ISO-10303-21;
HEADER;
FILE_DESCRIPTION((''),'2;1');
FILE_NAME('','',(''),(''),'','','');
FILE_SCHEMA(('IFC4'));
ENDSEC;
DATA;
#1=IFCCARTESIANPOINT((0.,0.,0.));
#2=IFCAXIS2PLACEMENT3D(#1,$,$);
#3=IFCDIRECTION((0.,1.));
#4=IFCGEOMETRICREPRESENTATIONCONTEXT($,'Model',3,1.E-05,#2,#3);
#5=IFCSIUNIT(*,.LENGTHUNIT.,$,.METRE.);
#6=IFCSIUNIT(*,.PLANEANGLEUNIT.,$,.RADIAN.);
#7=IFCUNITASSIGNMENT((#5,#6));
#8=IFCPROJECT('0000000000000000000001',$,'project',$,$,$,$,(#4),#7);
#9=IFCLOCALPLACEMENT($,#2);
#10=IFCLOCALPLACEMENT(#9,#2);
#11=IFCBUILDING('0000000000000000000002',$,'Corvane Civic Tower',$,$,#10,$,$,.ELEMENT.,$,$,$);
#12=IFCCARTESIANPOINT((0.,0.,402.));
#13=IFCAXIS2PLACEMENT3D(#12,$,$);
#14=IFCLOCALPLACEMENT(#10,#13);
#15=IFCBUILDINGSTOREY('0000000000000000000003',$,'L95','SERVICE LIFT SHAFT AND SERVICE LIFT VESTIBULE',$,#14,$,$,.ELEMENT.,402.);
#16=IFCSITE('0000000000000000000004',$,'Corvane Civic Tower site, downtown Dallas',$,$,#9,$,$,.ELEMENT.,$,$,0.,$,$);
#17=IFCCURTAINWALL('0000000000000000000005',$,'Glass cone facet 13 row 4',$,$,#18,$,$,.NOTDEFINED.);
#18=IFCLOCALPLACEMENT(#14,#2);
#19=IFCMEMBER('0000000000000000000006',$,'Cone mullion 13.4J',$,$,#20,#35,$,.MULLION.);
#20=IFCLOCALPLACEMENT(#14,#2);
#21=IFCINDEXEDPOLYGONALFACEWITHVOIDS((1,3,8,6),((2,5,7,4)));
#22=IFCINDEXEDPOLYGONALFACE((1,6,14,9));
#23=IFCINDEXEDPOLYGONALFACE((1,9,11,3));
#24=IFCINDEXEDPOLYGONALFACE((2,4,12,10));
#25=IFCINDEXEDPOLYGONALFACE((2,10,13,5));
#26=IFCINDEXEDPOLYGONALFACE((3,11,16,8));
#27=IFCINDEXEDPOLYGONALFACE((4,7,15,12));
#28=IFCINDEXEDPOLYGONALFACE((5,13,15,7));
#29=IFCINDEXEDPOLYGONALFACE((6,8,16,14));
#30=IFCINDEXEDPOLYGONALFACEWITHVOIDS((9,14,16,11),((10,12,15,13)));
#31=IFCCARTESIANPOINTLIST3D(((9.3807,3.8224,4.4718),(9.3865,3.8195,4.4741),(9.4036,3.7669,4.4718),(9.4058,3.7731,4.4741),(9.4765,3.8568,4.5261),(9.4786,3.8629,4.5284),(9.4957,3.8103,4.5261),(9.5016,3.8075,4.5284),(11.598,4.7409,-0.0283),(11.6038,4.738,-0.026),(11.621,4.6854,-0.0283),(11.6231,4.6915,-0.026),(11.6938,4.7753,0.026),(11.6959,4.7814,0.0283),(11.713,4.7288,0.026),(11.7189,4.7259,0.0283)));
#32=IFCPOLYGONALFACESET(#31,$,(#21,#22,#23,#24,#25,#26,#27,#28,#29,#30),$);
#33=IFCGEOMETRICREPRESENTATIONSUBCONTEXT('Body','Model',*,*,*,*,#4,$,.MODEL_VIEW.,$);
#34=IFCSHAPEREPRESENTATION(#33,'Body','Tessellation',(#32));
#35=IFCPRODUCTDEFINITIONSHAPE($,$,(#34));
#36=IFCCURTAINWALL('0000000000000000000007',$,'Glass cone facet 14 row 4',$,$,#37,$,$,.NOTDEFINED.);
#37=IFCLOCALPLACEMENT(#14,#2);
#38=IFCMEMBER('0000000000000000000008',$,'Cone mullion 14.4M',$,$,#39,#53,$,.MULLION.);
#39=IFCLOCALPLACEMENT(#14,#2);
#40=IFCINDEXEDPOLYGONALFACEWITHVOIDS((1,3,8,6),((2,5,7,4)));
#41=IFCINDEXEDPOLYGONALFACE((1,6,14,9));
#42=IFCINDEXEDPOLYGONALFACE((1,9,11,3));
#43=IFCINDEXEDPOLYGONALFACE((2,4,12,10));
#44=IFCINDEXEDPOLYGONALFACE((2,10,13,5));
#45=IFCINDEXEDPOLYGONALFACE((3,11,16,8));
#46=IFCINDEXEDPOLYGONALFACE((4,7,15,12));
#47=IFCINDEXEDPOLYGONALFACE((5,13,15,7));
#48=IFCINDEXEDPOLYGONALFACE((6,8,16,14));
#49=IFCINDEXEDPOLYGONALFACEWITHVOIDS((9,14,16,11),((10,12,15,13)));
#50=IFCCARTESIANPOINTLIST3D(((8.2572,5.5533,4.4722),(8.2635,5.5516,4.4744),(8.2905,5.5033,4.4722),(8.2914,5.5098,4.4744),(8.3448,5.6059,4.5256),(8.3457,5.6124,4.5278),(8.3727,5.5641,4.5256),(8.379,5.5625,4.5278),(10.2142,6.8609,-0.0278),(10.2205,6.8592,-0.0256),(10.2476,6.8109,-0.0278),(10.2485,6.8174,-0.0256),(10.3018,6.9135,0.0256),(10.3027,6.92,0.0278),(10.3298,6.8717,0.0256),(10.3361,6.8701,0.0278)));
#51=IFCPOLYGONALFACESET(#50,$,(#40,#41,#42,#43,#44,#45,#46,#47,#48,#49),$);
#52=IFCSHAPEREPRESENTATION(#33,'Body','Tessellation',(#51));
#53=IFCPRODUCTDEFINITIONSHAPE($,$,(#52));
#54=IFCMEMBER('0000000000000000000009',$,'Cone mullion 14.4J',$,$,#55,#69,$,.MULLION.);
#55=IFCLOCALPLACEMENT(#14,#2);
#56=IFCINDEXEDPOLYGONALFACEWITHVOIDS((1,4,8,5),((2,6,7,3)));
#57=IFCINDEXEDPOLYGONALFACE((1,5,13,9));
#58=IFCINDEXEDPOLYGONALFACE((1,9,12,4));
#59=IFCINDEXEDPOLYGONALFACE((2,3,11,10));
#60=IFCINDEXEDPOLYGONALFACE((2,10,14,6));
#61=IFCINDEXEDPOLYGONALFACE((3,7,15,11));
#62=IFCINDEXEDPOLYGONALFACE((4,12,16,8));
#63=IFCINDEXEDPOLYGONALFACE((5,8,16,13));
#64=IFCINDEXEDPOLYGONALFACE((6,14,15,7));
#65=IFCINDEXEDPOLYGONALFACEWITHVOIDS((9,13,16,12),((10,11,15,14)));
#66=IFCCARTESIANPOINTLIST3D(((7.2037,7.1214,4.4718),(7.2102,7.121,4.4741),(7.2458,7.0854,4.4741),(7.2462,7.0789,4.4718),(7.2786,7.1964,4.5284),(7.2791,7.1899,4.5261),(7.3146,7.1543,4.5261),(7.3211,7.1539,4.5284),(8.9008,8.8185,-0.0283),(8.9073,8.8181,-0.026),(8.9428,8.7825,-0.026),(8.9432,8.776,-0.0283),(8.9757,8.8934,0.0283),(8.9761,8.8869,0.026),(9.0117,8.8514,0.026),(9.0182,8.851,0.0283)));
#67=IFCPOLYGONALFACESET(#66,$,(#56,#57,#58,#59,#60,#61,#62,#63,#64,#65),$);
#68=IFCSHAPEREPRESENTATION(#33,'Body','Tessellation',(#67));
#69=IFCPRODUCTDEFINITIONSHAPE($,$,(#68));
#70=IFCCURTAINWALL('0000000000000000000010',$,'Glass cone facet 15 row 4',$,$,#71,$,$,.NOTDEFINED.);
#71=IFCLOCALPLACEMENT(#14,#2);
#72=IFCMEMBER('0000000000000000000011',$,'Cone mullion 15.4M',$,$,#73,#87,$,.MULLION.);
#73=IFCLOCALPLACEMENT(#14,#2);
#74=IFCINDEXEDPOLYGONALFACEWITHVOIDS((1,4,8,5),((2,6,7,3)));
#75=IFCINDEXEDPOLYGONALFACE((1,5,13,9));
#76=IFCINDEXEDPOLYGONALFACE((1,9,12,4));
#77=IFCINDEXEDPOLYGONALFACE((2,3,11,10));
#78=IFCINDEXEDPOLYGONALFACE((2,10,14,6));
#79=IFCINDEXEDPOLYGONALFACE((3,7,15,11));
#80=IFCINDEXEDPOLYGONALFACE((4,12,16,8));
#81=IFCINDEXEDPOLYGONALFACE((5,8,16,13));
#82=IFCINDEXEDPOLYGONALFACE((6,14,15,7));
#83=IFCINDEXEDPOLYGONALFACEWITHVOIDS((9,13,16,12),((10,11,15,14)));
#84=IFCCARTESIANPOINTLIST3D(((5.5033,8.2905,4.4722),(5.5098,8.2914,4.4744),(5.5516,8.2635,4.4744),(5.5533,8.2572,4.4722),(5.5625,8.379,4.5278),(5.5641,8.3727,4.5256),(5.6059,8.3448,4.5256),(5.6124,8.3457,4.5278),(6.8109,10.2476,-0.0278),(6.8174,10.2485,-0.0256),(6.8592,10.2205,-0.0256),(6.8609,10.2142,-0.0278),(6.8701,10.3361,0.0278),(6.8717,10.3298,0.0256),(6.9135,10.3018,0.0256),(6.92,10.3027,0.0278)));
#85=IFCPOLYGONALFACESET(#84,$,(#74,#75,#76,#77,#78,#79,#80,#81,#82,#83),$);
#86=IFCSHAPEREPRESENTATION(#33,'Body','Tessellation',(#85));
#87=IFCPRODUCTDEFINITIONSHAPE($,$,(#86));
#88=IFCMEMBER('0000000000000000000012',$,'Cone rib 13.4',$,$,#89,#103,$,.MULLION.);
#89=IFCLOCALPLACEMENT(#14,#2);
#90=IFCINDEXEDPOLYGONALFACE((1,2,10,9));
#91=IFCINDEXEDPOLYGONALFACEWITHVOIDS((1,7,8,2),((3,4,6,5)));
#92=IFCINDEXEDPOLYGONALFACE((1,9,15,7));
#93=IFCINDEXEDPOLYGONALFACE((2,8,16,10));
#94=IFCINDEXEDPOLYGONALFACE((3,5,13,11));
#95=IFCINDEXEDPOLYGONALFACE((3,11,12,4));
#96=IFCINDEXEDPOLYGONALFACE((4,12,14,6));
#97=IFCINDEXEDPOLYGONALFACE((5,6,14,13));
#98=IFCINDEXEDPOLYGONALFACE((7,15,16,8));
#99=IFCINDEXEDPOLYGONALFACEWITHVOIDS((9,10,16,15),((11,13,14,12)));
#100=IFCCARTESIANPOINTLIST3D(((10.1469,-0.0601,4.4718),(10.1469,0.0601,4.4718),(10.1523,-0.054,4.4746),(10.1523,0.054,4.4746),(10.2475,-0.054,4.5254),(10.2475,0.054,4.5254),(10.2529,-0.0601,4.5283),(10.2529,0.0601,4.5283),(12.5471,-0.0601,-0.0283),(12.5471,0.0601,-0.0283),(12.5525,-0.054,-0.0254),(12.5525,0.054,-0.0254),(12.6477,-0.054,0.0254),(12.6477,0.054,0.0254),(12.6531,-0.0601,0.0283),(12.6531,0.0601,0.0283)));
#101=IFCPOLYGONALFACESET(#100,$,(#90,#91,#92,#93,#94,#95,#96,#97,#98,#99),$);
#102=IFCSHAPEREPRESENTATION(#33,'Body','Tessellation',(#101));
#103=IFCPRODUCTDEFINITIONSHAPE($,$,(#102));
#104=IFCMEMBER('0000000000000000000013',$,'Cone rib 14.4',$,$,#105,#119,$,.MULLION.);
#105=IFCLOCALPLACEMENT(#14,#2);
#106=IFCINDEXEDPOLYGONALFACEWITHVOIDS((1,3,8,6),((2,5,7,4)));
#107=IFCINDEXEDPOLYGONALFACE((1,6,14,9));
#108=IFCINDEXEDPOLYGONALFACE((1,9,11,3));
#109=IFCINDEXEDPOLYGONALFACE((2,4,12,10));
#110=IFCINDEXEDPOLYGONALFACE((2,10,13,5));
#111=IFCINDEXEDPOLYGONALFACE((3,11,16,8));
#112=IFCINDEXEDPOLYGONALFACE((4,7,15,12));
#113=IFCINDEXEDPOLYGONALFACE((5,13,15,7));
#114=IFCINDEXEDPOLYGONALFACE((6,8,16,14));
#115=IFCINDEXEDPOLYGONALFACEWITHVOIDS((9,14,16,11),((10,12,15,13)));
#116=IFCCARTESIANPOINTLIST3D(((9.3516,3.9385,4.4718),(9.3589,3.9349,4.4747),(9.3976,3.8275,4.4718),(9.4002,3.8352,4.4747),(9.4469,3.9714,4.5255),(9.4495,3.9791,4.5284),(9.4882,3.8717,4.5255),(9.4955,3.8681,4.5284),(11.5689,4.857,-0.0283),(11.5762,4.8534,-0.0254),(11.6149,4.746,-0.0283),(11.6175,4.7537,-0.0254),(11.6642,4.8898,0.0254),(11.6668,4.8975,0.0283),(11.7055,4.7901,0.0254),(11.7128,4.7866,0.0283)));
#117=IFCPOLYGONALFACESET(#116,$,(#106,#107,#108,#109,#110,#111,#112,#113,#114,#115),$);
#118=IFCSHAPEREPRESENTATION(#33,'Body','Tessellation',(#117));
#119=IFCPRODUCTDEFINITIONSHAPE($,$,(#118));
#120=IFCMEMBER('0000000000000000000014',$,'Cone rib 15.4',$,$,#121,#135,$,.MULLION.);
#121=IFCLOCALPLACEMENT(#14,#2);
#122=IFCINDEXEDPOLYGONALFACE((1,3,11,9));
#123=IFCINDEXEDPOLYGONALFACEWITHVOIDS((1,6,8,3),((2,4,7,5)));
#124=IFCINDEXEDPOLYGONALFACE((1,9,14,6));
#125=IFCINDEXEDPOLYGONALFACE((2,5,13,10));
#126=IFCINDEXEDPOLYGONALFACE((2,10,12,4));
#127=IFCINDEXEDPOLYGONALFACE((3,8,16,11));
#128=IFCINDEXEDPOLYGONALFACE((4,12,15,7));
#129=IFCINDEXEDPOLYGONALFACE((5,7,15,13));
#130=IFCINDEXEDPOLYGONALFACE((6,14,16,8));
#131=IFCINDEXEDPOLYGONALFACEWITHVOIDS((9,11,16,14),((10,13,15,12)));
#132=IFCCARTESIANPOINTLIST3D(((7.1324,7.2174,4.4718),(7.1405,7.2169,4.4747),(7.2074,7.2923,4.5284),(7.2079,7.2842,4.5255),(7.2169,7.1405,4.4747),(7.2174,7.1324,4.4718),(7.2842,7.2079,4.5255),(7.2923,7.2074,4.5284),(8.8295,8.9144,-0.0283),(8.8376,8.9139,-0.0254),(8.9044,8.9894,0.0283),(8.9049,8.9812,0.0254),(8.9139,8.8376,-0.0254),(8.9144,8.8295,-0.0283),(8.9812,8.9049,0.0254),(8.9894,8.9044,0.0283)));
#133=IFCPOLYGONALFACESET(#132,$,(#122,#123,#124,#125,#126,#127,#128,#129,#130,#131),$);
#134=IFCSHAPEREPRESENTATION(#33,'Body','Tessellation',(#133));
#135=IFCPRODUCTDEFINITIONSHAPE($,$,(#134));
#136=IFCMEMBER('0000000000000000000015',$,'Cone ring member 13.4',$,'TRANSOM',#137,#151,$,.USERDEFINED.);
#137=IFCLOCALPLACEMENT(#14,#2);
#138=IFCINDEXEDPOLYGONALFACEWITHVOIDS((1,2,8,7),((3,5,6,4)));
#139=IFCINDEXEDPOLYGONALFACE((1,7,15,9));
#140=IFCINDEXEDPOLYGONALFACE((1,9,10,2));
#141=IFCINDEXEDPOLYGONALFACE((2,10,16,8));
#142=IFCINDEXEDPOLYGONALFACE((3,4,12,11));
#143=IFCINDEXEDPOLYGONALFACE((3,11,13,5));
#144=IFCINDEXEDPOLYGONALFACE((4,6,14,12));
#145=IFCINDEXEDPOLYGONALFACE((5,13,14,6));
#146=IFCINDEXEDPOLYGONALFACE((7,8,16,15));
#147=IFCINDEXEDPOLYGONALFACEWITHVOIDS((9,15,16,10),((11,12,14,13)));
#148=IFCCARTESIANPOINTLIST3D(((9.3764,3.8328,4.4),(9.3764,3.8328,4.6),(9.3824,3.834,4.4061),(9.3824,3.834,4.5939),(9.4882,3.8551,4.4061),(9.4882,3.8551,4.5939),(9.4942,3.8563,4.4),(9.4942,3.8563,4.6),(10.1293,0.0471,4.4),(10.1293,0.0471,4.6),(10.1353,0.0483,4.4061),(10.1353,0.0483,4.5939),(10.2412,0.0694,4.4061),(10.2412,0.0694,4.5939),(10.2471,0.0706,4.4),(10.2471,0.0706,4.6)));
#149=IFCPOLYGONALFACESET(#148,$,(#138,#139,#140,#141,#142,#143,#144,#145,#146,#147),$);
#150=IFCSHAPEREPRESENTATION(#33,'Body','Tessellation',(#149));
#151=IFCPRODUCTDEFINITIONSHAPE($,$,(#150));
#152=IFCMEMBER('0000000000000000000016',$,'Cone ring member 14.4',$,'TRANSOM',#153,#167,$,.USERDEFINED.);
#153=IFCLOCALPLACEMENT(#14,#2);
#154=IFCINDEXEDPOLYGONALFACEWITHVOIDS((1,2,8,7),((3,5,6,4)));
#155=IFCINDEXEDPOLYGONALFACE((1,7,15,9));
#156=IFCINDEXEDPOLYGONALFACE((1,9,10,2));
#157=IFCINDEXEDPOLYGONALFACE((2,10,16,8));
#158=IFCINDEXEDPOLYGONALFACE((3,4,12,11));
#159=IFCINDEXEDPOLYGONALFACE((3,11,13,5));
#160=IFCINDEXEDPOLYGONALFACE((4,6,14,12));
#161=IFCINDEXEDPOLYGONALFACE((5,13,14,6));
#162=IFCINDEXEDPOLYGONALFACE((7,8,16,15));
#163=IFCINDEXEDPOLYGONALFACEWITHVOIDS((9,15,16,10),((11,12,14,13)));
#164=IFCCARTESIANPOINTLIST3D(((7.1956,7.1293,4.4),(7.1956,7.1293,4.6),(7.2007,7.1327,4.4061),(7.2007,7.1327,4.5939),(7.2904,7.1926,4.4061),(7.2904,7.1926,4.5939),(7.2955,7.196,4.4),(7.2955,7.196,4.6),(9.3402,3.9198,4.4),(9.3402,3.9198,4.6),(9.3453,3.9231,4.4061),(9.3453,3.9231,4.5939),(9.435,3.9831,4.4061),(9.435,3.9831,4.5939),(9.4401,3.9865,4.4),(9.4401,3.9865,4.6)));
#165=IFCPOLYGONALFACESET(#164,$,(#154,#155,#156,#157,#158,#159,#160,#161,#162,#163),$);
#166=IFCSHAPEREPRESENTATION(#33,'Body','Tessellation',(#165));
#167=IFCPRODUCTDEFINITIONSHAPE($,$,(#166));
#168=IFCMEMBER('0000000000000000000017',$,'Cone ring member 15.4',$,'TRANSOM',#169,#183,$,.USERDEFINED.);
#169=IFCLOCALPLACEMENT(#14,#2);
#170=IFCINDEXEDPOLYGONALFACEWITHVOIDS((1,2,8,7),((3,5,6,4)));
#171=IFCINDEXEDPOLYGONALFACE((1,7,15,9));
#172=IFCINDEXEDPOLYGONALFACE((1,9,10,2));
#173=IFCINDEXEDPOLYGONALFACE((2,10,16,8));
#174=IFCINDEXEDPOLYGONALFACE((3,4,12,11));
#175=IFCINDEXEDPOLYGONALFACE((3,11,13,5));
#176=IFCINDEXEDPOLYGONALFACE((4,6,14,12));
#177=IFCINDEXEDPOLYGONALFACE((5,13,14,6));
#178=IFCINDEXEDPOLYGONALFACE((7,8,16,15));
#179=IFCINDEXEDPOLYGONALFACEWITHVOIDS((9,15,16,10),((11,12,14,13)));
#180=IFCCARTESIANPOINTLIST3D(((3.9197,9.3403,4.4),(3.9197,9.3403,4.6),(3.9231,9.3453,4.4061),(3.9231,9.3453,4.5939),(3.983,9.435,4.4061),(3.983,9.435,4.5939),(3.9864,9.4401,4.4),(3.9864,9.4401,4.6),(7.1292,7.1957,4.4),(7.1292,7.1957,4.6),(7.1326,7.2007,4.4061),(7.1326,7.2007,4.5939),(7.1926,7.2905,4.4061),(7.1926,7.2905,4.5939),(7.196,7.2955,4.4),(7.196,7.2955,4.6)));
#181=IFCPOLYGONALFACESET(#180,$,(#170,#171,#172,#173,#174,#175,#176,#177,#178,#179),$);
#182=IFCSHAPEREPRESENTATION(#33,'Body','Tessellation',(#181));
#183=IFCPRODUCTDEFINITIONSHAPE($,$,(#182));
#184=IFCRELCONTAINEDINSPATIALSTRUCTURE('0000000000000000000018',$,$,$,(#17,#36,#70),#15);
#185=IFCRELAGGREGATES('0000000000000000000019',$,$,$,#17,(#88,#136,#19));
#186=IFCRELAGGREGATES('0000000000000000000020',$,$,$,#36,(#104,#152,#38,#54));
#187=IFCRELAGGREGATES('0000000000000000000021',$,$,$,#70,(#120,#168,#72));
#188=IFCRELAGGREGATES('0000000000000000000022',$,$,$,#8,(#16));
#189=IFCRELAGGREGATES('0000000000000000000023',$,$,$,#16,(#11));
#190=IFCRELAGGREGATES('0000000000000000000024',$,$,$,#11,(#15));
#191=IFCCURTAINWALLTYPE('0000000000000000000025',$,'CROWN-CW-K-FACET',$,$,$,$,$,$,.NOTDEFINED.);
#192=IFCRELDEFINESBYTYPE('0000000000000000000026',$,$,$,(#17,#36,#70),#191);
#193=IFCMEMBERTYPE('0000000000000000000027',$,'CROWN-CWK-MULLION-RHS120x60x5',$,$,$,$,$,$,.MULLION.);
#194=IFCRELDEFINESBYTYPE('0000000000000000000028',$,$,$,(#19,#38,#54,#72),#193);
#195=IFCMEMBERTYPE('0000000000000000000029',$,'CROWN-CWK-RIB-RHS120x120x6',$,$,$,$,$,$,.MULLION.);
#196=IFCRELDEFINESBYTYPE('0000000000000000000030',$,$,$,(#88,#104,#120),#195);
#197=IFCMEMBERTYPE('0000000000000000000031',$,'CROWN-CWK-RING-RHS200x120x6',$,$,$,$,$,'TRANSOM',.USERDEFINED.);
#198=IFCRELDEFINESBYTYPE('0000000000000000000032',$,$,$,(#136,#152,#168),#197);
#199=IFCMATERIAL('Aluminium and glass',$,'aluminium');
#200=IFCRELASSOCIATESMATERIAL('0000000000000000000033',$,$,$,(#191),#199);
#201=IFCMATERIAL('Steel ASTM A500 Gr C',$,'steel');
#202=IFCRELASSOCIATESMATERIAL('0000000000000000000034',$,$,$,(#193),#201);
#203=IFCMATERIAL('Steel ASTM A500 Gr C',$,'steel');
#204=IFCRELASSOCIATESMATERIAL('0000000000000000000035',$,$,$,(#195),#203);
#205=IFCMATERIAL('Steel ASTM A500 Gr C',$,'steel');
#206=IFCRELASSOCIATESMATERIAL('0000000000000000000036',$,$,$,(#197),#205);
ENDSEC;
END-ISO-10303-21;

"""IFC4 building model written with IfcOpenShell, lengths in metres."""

from ifc_helpers import new_model, si_unit, direction, frame, origin, origin_2d, place, context, subcontext, project, spatial, hollow_rectangle, extrude, material, material_profile, profile_set, type_object, element, aggregate, save


model = new_model("IFC4")

# Units and contexts
model_context = context("Model", 3, precision=1e-05, world=origin(), true_north=direction((0.0, 1.0)))
body_context = subcontext(model_context, "Body", "Model", "MODEL_VIEW")
ifc_project = project(units=[si_unit("LENGTHUNIT", "METRE"), si_unit("PLANEANGLEUNIT", "RADIAN")], contexts=[model_context])

# Site, building, storey
site_placement = place(None, origin())
site = spatial("IfcSite", under=ifc_project, at=site_placement, Name="Corvane Civic Tower site, downtown Dallas", CompositionType="ELEMENT", RefElevation=0.0)
building_placement = place(site_placement, origin())
building = spatial("IfcBuilding", under=site, at=building_placement, Name="Corvane Civic Tower", CompositionType="ELEMENT")
storey_placement = place(building_placement, frame((0.0, 0.0, 402.0)))
storey = spatial("IfcBuildingStorey", under=building, at=storey_placement, Name="L95", Description="SERVICE LIFT SHAFT AND SERVICE LIFT VESTIBULE", CompositionType="ELEMENT", Elevation=402.0)

# Curtain walls, members
ifc_material_1 = material(Name="Aluminium and glass", Category="aluminium")
curtain_wall_type = type_object("IfcCurtainWallType", Name="CROWN-CW-K-FACET", PredefinedType="NOTDEFINED", material=ifc_material_1)
curtain_wall_1_placement = place(storey_placement, origin())
curtain_wall_1 = element("IfcCurtainWall", 1, at=curtain_wall_1_placement, inside=storey, type_object=curtain_wall_type, Name="Glass cone facet 13 row 4", PredefinedType="NOTDEFINED")
ifc_material_2 = material(Name="Steel ASTM A500 Gr C", Category="steel")
ifc_material_profile_1 = material_profile(ifc_material_2, hollow_rectangle(XDim=0.0601, YDim=0.1201, WallThickness=0.0049, at=origin_2d()), Name="RHS 120x60x5")
ifc_profile_set_1 = profile_set([ifc_material_profile_1], Name="Steel ASTM A500 Gr C")
member_type_1 = type_object("IfcMemberType", Name="CROWN-CWK-MULLION-RHS120x60x5", PredefinedType="MULLION", material=ifc_profile_set_1)
member_1_placement = place(storey_placement, frame((11.6584, 4.7334, 0.0), z_axis=(-0.434762, -0.18009, 0.882354), x_axis=(0.382693, -0.923875, 0.0)))
member_1 = element("IfcMember", 2, at=member_1_placement, type_object=member_type_1, Name="Cone mullion 13.4J", PredefinedType="MULLION", context=body_context, shape_type="SweptSolid", body=[
    extrude(hollow_rectangle(XDim=0.0601, YDim=0.1201, WallThickness=0.0049, at=origin_2d()), origin(), (0.0, 0.0, 1.0), 5.1001),
])
curtain_wall_2_placement = place(storey_placement, origin())
curtain_wall_2 = element("IfcCurtainWall", 3, at=curtain_wall_2_placement, inside=storey, type_object=curtain_wall_type, Name="Glass cone facet 14 row 4", PredefinedType="NOTDEFINED")
member_2_placement = place(storey_placement, frame((10.2751, 6.8655, 0.0), z_axis=(-0.385366, -0.257488, 0.886111), x_axis=(0.555562, -0.831475, 0.0)))
member_2 = element("IfcMember", 4, at=member_2_placement, type_object=member_type_1, Name="Cone mullion 14.4M", PredefinedType="MULLION", context=body_context, shape_type="SweptSolid", body=[
    extrude(hollow_rectangle(XDim=0.0601, YDim=0.1201, WallThickness=0.0049, at=origin_2d()), origin(), (0.0, 0.0, 1.0), 5.0784),
])
member_3_placement = place(storey_placement, frame((8.9595, 8.8347, 0.0), z_axis=(-0.332751, -0.332751, 0.882357), x_axis=(0.707107, -0.707107, 0.0)))
member_3 = element("IfcMember", 5, at=member_3_placement, type_object=member_type_1, Name="Cone mullion 14.4J", PredefinedType="MULLION", context=body_context, shape_type="SweptSolid", body=[
    extrude(hollow_rectangle(XDim=0.0601, YDim=0.1201, WallThickness=0.0049, at=origin_2d()), origin(), (0.0, 0.0, 1.0), 5.1001),
])

# Curtain wall, member
curtain_wall_3_placement = place(storey_placement, origin())
curtain_wall_3 = element("IfcCurtainWall", 6, at=curtain_wall_3_placement, inside=storey, type_object=curtain_wall_type, Name="Glass cone facet 15 row 4", PredefinedType="NOTDEFINED")
member_4_placement = place(storey_placement, frame((6.8655, 10.2751, 0.0), z_axis=(-0.257488, -0.385366, 0.886111), x_axis=(0.831475, -0.555562, 0.0)))
member_4 = element("IfcMember", 7, at=member_4_placement, type_object=member_type_1, Name="Cone mullion 15.4M", PredefinedType="MULLION", context=body_context, shape_type="SweptSolid", body=[
    extrude(hollow_rectangle(XDim=0.0601, YDim=0.1201, WallThickness=0.0049, at=origin_2d()), origin(), (0.0, 0.0, 1.0), 5.0784),
])

# Members
ifc_material_3 = material(Name="Steel ASTM A500 Gr C", Category="steel")
ifc_material_profile_2 = material_profile(ifc_material_3, hollow_rectangle(XDim=0.1201, YDim=0.1201, WallThickness=0.0061, at=origin_2d()), Name="RHS 120x120x6")
ifc_profile_set_2 = profile_set([ifc_material_profile_2], Name="Steel ASTM A500 Gr C")
member_type_2 = type_object("IfcMemberType", Name="CROWN-CWK-RIB-RHS120x120x6", PredefinedType="MULLION", material=ifc_profile_set_2)
member_5_placement = place(storey_placement, frame((12.6001, 0.0, 0.0), z_axis=(-0.470611, 0.0, 0.882341), x_axis=(0.0, -1.0, 0.0)))
member_5 = element("IfcMember", 8, at=member_5_placement, type_object=member_type_2, Name="Cone rib 13.4", PredefinedType="MULLION", context=body_context, shape_type="SweptSolid", body=[
    extrude(hollow_rectangle(XDim=0.1201, YDim=0.1201, WallThickness=0.0061, at=origin_2d()), origin(), (0.0, 0.0, 1.0), 5.1001),
])
member_6_placement = place(storey_placement, frame((11.6409, 4.8218, 0.0), z_axis=(-0.434762, -0.18009, 0.882354), x_axis=(0.382693, -0.923875, 0.0)))
member_6 = element("IfcMember", 9, at=member_6_placement, type_object=member_type_2, Name="Cone rib 14.4", PredefinedType="MULLION", context=body_context, shape_type="SweptSolid", body=[
    extrude(hollow_rectangle(XDim=0.1201, YDim=0.1201, WallThickness=0.0061, at=origin_2d()), origin(), (0.0, 0.0, 1.0), 5.1001),
])
member_7_placement = place(storey_placement, frame((8.9094, 8.9094, 0.0), z_axis=(-0.332751, -0.332751, 0.882357), x_axis=(0.707107, -0.707107, 0.0)))
member_7 = element("IfcMember", 10, at=member_7_placement, type_object=member_type_2, Name="Cone rib 15.4", PredefinedType="MULLION", context=body_context, shape_type="SweptSolid", body=[
    extrude(hollow_rectangle(XDim=0.1201, YDim=0.1201, WallThickness=0.0061, at=origin_2d()), origin(), (0.0, 0.0, 1.0), 5.1001),
])
ifc_material_4 = material(Name="Steel ASTM A500 Gr C", Category="steel")
ifc_material_profile_3 = material_profile(ifc_material_4, hollow_rectangle(XDim=0.1201, YDim=0.2, WallThickness=0.0061, at=origin_2d()), Name="RHS 200x120x6")
ifc_profile_set_3 = profile_set([ifc_material_profile_3], Name="Steel ASTM A500 Gr C")
member_type_3 = type_object("IfcMemberType", Name="CROWN-CWK-RING-RHS200x120x6", ElementType="TRANSOM", PredefinedType="USERDEFINED", material=ifc_profile_set_3)
member_8_placement = place(storey_placement, frame((10.1882, 0.0588, 4.5), z_axis=(-0.19507, 0.980789, 0.0), x_axis=(-0.980789, -0.19507, 0.0)))
member_8 = element("IfcMember", 11, at=member_8_placement, type_object=member_type_3, Name="Cone ring member 13.4", ObjectType="TRANSOM", PredefinedType="USERDEFINED", context=body_context, shape_type="SweptSolid", body=[
    extrude(hollow_rectangle(XDim=0.1201, YDim=0.2, WallThickness=0.0061, at=origin_2d()), origin(), (0.0, 0.0, 1.0), 3.8599),
])
member_9_placement = place(storey_placement, frame((9.3901, 3.9531, 4.5), z_axis=(-0.555576, 0.831466, 0.0), x_axis=(-0.831466, -0.555576, 0.0)))
member_9 = element("IfcMember", 12, at=member_9_placement, type_object=member_type_3, Name="Cone ring member 14.4", ObjectType="TRANSOM", PredefinedType="USERDEFINED", context=body_context, shape_type="SweptSolid", body=[
    extrude(hollow_rectangle(XDim=0.1201, YDim=0.2, WallThickness=0.0061, at=origin_2d()), origin(), (0.0, 0.0, 1.0), 3.8601),
])
member_10_placement = place(storey_placement, frame((7.1626, 7.2456, 4.5), z_axis=(-0.831466, 0.555576, 0.0), x_axis=(-0.555576, -0.831466, 0.0)))
member_10 = element("IfcMember", 13, at=member_10_placement, type_object=member_type_3, Name="Cone ring member 15.4", ObjectType="TRANSOM", PredefinedType="USERDEFINED", context=body_context, shape_type="SweptSolid", body=[
    extrude(hollow_rectangle(XDim=0.1201, YDim=0.2, WallThickness=0.0061, at=origin_2d()), origin(), (0.0, 0.0, 1.0), 3.8601),
])

aggregate(curtain_wall_1, [member_5, member_8, member_1])
aggregate(curtain_wall_2, [member_6, member_9, member_2, member_3])
aggregate(curtain_wall_3, [member_7, member_10, member_4])

save(model, "model.ifc")
